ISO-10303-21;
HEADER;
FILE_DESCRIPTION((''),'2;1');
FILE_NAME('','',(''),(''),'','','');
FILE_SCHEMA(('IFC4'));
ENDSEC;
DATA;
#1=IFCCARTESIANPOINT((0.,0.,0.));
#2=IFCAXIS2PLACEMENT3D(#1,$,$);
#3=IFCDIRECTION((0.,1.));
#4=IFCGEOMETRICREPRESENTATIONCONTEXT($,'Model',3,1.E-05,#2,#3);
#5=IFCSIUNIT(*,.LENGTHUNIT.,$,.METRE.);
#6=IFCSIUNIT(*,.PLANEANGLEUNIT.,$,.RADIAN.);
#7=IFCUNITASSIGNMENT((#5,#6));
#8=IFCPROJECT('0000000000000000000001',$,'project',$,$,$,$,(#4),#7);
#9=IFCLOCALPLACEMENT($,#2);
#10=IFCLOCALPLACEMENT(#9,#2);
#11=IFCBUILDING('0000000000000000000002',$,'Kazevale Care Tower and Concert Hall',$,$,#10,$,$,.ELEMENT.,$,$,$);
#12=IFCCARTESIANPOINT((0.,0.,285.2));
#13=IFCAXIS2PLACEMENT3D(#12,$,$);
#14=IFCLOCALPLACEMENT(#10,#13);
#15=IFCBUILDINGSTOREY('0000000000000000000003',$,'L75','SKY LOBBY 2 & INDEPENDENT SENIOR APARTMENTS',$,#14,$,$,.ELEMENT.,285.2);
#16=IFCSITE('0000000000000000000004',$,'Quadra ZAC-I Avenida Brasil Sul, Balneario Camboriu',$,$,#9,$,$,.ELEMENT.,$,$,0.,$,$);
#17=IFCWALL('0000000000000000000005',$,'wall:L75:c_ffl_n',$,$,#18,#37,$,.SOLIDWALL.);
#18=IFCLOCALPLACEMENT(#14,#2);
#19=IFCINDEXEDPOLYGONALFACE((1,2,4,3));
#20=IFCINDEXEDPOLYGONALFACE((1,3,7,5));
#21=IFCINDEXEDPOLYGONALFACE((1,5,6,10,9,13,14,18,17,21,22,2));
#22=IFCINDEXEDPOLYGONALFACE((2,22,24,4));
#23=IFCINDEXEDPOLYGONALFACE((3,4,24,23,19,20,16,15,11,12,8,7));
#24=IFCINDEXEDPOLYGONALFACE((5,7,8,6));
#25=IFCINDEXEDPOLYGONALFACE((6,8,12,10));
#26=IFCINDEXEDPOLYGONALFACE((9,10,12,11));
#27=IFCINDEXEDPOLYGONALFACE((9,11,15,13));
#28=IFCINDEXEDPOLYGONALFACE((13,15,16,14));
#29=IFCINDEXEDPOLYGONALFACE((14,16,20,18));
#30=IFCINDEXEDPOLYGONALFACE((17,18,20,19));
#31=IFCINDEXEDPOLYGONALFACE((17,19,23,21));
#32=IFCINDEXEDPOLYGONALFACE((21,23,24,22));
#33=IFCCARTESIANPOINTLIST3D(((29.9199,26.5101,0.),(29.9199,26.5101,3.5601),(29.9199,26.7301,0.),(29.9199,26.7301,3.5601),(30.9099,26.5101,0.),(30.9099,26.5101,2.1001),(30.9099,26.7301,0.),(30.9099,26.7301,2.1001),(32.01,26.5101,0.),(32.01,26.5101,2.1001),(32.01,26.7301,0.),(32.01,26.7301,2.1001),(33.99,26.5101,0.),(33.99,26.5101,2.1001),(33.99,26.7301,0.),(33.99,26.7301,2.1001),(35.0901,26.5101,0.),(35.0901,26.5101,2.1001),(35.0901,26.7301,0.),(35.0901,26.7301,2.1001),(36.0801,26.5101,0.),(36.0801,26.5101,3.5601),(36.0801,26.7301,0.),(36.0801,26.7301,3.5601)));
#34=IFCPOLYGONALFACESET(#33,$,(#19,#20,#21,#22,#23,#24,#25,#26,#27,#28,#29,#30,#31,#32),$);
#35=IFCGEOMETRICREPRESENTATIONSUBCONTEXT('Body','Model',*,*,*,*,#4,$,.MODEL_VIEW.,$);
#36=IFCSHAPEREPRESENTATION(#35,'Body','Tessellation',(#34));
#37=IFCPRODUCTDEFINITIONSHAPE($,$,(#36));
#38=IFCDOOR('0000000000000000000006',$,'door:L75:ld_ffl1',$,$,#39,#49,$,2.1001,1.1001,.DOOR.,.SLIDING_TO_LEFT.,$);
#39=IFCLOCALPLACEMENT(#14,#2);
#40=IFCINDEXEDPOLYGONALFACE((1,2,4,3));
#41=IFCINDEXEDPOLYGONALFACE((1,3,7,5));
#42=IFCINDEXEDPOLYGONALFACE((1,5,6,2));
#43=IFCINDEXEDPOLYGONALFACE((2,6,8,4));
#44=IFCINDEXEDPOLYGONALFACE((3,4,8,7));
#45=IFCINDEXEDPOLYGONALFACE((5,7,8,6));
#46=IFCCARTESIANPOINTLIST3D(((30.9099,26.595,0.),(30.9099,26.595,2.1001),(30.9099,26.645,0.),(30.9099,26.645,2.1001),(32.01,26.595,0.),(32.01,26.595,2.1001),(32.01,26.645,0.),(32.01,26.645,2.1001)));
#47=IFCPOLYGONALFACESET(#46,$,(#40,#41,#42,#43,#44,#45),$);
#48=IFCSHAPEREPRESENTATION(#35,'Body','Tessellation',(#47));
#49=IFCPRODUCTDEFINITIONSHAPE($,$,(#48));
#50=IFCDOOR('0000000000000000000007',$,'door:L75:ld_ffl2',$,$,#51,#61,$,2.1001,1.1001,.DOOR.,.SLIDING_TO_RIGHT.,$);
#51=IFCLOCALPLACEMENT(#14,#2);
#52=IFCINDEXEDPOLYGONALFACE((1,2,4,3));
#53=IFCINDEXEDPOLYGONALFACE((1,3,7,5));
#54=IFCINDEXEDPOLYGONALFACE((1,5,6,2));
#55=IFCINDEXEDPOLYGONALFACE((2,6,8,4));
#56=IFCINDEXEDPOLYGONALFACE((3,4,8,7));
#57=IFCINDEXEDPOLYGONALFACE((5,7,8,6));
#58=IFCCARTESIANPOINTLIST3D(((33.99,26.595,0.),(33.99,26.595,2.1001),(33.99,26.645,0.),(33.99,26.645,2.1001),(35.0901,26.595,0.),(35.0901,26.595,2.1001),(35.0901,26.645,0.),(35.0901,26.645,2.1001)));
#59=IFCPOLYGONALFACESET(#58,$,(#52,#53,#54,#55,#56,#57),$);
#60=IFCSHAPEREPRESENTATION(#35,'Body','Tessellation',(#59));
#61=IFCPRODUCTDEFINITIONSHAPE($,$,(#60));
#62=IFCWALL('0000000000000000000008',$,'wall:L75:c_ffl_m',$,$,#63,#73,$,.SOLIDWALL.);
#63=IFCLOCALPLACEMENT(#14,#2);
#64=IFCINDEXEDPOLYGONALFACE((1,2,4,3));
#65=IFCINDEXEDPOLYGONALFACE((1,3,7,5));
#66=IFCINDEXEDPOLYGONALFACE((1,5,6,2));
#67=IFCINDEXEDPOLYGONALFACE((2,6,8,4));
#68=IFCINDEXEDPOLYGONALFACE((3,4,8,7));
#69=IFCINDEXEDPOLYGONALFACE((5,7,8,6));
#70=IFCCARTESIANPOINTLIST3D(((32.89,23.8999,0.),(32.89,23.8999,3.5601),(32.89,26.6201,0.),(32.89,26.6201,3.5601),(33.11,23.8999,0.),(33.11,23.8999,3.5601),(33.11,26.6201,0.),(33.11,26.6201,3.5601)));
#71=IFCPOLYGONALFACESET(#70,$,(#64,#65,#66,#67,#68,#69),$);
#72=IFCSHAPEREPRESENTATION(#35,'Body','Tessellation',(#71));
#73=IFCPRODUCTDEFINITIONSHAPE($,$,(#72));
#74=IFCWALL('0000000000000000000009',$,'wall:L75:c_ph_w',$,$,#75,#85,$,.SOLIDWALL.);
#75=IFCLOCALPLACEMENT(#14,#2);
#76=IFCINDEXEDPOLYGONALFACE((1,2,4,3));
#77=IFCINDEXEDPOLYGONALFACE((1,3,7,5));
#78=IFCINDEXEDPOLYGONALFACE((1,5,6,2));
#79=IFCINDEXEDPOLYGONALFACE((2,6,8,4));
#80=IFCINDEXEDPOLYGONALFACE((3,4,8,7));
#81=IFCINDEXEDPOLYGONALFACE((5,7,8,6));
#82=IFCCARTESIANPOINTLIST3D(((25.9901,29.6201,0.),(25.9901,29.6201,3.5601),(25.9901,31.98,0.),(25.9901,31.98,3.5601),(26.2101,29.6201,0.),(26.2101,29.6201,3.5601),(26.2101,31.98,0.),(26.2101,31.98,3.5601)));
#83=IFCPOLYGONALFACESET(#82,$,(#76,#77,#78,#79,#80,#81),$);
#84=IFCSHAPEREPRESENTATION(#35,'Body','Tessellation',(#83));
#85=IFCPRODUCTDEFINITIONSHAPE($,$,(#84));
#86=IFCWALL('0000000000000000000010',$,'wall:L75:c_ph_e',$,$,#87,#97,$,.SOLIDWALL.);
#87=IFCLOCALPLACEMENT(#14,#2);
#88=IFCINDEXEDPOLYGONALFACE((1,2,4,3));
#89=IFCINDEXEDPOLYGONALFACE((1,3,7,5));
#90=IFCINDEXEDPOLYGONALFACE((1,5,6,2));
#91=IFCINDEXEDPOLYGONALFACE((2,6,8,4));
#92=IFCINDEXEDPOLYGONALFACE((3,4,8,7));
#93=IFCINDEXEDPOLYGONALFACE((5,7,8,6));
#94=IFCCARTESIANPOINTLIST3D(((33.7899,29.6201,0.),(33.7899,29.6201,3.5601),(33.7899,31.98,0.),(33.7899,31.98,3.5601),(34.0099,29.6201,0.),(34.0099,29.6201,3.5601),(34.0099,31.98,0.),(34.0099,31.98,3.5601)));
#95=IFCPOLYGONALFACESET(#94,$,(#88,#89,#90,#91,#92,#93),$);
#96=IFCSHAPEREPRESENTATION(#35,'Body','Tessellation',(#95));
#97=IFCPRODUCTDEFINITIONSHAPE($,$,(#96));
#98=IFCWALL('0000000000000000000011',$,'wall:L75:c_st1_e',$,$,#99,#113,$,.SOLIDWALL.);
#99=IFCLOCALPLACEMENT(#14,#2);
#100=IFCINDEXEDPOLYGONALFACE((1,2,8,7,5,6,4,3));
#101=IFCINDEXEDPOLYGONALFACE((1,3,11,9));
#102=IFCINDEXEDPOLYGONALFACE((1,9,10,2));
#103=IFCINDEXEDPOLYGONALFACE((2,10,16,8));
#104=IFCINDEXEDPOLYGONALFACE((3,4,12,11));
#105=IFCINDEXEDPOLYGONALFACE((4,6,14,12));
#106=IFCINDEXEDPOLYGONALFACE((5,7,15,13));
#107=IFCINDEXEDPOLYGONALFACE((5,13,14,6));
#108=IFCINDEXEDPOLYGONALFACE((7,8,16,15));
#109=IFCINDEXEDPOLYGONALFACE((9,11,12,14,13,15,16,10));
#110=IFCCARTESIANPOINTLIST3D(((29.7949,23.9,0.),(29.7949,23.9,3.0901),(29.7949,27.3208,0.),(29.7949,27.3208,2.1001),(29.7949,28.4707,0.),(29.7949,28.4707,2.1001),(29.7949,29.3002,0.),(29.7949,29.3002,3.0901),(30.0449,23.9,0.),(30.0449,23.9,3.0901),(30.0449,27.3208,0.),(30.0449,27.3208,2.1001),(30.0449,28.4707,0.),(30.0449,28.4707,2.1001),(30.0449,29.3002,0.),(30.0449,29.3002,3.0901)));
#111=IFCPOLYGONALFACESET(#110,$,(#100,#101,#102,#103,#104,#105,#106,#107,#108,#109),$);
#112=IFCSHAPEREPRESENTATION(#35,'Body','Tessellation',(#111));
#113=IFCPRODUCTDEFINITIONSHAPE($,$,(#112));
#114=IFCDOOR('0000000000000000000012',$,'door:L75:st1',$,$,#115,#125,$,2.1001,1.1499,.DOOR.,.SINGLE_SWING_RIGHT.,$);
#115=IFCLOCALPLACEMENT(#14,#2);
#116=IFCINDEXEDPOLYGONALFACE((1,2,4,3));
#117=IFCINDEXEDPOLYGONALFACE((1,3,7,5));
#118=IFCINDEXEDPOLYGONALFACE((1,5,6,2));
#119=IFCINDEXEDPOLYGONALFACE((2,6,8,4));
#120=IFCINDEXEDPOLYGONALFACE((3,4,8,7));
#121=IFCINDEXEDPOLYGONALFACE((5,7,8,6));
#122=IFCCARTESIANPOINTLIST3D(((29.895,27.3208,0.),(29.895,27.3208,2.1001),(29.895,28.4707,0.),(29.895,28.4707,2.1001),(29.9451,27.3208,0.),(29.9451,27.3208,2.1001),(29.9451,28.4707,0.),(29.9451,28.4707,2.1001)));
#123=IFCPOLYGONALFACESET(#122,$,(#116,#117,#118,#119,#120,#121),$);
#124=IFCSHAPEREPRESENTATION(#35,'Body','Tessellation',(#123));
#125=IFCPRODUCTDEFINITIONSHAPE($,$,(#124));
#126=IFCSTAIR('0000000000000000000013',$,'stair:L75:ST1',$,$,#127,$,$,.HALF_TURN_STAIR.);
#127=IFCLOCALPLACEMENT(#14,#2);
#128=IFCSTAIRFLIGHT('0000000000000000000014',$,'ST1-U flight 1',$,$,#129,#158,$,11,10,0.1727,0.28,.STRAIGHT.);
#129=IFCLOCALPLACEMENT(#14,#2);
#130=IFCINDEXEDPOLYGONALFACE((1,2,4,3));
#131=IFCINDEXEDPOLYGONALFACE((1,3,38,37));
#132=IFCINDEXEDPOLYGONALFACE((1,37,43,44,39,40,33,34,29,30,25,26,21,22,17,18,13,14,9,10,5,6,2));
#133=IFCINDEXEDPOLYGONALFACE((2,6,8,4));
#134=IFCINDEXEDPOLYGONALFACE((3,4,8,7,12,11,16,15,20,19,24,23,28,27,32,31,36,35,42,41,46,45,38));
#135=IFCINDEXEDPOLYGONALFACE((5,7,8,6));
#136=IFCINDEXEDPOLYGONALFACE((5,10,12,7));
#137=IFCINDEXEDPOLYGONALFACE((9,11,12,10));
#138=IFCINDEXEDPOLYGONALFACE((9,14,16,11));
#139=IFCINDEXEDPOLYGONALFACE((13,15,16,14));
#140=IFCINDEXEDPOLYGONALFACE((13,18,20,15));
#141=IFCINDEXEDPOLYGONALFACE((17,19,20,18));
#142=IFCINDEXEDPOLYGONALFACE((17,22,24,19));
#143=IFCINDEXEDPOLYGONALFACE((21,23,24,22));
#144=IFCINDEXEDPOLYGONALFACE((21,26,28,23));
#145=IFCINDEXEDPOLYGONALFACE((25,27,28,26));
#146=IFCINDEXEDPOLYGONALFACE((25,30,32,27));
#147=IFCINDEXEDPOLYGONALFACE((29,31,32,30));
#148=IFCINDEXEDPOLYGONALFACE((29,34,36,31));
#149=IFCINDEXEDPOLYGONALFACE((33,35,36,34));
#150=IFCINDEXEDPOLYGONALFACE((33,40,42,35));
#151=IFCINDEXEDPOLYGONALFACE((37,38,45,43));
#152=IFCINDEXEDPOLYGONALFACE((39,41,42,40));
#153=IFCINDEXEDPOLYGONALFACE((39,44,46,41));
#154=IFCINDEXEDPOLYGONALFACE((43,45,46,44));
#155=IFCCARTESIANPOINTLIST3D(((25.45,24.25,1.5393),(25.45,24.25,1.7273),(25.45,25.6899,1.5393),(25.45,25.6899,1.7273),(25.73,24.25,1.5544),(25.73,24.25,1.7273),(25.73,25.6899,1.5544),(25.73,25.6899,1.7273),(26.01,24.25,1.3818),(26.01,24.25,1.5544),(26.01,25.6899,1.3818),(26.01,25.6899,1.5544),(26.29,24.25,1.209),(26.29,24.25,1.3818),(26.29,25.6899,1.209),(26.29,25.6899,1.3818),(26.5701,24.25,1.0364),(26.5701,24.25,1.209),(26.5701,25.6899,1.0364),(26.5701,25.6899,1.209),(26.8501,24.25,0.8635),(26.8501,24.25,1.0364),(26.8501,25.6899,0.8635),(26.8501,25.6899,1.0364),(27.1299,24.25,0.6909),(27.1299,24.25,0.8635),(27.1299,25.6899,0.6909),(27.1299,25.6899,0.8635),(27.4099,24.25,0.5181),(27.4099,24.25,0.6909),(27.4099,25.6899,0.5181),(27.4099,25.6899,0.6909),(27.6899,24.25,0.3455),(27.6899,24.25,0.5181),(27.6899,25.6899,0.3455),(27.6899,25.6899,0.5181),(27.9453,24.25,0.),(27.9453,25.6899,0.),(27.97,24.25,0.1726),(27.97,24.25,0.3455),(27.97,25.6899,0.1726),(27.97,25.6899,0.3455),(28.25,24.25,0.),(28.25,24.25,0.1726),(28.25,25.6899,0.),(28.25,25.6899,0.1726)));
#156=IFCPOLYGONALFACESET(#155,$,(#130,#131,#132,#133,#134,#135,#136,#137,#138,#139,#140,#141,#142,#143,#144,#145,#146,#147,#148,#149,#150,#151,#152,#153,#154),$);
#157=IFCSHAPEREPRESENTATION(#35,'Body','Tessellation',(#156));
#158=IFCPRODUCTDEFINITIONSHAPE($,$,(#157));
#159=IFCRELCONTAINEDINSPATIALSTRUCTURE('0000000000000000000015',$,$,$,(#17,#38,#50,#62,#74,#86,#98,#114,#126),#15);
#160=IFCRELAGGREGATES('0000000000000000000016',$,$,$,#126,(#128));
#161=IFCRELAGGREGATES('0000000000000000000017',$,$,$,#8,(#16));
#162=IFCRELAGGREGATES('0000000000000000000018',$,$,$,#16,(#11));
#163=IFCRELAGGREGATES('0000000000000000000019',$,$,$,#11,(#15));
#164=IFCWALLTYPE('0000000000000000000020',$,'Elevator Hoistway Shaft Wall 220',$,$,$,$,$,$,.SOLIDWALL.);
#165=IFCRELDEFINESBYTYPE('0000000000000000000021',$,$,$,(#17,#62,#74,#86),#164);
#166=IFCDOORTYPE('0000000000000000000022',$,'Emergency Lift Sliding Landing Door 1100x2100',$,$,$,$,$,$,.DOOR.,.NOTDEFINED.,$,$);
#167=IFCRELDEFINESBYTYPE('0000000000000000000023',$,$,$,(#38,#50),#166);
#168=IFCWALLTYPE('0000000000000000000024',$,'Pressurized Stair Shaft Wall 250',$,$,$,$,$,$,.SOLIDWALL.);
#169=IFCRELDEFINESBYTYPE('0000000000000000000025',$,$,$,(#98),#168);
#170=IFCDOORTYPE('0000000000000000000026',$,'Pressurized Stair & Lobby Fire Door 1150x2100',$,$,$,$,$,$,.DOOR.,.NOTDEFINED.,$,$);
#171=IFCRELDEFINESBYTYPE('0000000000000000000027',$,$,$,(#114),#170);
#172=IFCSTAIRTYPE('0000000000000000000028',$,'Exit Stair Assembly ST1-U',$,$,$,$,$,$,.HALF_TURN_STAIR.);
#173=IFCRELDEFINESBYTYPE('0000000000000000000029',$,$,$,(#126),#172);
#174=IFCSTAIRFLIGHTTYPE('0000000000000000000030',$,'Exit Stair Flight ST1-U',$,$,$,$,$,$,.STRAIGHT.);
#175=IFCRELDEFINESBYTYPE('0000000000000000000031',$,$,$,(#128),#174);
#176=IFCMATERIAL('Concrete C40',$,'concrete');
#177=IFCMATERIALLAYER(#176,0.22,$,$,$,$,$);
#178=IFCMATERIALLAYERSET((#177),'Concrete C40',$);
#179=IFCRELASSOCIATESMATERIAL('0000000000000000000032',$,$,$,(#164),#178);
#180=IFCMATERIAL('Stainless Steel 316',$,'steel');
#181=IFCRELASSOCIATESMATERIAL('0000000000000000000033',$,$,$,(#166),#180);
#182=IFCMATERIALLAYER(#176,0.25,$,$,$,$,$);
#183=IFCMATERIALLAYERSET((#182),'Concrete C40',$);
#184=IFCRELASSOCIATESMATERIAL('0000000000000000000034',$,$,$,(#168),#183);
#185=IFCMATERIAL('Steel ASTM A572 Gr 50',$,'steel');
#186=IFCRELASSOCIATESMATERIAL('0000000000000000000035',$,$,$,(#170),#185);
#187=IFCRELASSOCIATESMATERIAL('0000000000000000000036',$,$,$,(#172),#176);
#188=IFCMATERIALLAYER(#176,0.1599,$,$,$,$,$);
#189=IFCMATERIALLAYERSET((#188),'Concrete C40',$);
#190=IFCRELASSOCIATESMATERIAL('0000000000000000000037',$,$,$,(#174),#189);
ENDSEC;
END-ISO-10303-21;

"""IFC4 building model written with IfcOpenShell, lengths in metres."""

from ifc_helpers import new_model, si_unit, direction, frame, frame_2d, origin, place, context, subcontext, project, spatial, polyline, rectangle, outline, extrude, material, layer, layer_set, type_object, element, fill, aggregate, save


model = new_model("IFC4")

# Units and contexts
model_context = context("Model", 3, precision=1e-05, world=origin(), true_north=direction((0.0, 1.0)))
body_context = subcontext(model_context, "Body", "Model", "MODEL_VIEW")
ifc_project = project(units=[si_unit("LENGTHUNIT", "METRE"), si_unit("PLANEANGLEUNIT", "RADIAN")], contexts=[model_context])

# Site, building, storey
site_placement = place(None, origin())
site = spatial("IfcSite", under=ifc_project, at=site_placement, Name="Quadra ZAC-I Avenida Brasil Sul, Balneario Camboriu", CompositionType="ELEMENT", RefElevation=0.0)
building_placement = place(site_placement, origin())
building = spatial("IfcBuilding", under=site, at=building_placement, Name="Kazevale Care Tower and Concert Hall", CompositionType="ELEMENT")
storey_placement = place(building_placement, frame((0.0, 0.0, 285.2)))
storey = spatial("IfcBuildingStorey", under=building, at=storey_placement, Name="L75", Description="SKY LOBBY 2 & INDEPENDENT SENIOR APARTMENTS", CompositionType="ELEMENT", Elevation=285.2)

# Shared definitions
ifc_material_1 = material(Name="Steel ASTM A572 Gr 50", Category="steel")

# Wall, openings, doors
ifc_material_2 = material(Name="Concrete C40", Category="concrete")
ifc_layer_1 = layer(ifc_material_2, 0.22)
ifc_layer_set_1 = layer_set([ifc_layer_1], Name="Concrete C40")
wall_type_1 = type_object("IfcWallType", Name="Elevator Hoistway Shaft Wall 220", PredefinedType="SOLIDWALL", material=ifc_layer_set_1)
wall_1_placement = place(storey_placement, frame((29.9199, 26.6201, 0.0), z_axis=(0.0, 0.0, 1.0), x_axis=(1.0, 0.0, 0.0)))
wall_1 = element("IfcWall", 1, at=wall_1_placement, inside=storey, type_object=wall_type_1, Name="wall:L75:c_ffl_n", PredefinedType="SOLIDWALL", context=body_context, shape_type="SweptSolid", body=[
    extrude(rectangle(XDim=6.1602, YDim=0.22, at=frame_2d((3.0801, 0.0))), origin(), (0.0, 0.0, 1.0), 3.5601),
])
opening_1_placement = place(wall_1_placement, frame((0.99, 0.0, 0.0)))
opening_1 = element("IfcOpeningElement", 2, at=opening_1_placement, cuts=wall_1, PredefinedType="OPENING", context=body_context, shape_type="SweptSolid", body=[
    extrude(rectangle(XDim=1.1001, YDim=2.1001, at=frame_2d((0.55, 1.05))), frame((0.0, 0.1199, 0.0), z_axis=(0.0, -1.0, 0.0), x_axis=(1.0, 0.0, 0.0)), (0.0, 0.0, 1.0), 0.24),
])
opening_2_placement = place(wall_1_placement, frame((4.0701, 0.0, 0.0)))
opening_2 = element("IfcOpeningElement", 3, at=opening_2_placement, cuts=wall_1, PredefinedType="OPENING", context=body_context, shape_type="SweptSolid", body=[
    extrude(rectangle(XDim=1.1001, YDim=2.1001, at=frame_2d((0.55, 1.05))), frame((0.0, 0.1199, 0.0), z_axis=(0.0, -1.0, 0.0), x_axis=(1.0, 0.0, 0.0)), (0.0, 0.0, 1.0), 0.24),
])
ifc_material_3 = material(Name="Stainless Steel 316", Category="steel")
door_type_1 = type_object("IfcDoorType", Name="Emergency Lift Sliding Landing Door 1100x2100", OperationType="NOTDEFINED", PredefinedType="DOOR", material=ifc_material_3)
door_1_placement = place(opening_1_placement, origin())
door_1 = element("IfcDoor", 4, at=door_1_placement, inside=storey, type_object=door_type_1, Name="door:L75:ld_ffl1", OperationType="SLIDING_TO_LEFT", OverallHeight=2.1001, OverallWidth=1.1001, PredefinedType="DOOR", context=body_context, shape_type="SweptSolid", body=[
    extrude(rectangle(XDim=1.1001, YDim=2.1001, at=frame_2d((0.55, 1.05))), frame((0.0, 0.0249, 0.0), z_axis=(0.0, -1.0, 0.0), x_axis=(1.0, 0.0, 0.0)), (0.0, 0.0, 1.0), 0.05),
])
fill(opening_1, door_1)
door_2_placement = place(opening_2_placement, origin())
door_2 = element("IfcDoor", 5, at=door_2_placement, inside=storey, type_object=door_type_1, Name="door:L75:ld_ffl2", OperationType="SLIDING_TO_RIGHT", OverallHeight=2.1001, OverallWidth=1.1001, PredefinedType="DOOR", context=body_context, shape_type="SweptSolid", body=[
    extrude(rectangle(XDim=1.1001, YDim=2.1001, at=frame_2d((0.55, 1.05))), frame((0.0, 0.0249, 0.0), z_axis=(0.0, -1.0, 0.0), x_axis=(1.0, 0.0, 0.0)), (0.0, 0.0, 1.0), 0.05),
])
fill(opening_2, door_2)

# Walls
wall_2_placement = place(storey_placement, frame((33.0, 23.8999, 0.0), z_axis=(0.0, 0.0, 1.0), x_axis=(0.0, 1.0, 0.0)))
element("IfcWall", 6, at=wall_2_placement, inside=storey, type_object=wall_type_1, Name="wall:L75:c_ffl_m", PredefinedType="SOLIDWALL", context=body_context, shape_type="SweptSolid", body=[
    extrude(rectangle(XDim=2.7202, YDim=0.22, at=frame_2d((1.3601, 0.0))), origin(), (0.0, 0.0, 1.0), 3.5601),
])
for number, where, z_axis, x_axis, name in (
    (7, (26.1001, 29.6201, 0.0), (0.0, 0.0, 1.0), (0.0, 1.0, 0.0), "wall:L75:c_ph_w"),
    (8, (33.8999, 29.6201, 0.0), (0.0, 0.0, 1.0), (0.0, 1.0, 0.0), "wall:L75:c_ph_e"),
):
    element("IfcWall", number, at=place(storey_placement, frame(where, z_axis=z_axis, x_axis=x_axis)), inside=storey, type_object=wall_type_1, Name=name, PredefinedType="SOLIDWALL", context=body_context, shape_type="SweptSolid", body=[
        extrude(rectangle(XDim=2.3599, YDim=0.22, at=frame_2d((1.1799, 0.0))), origin(), (0.0, 0.0, 1.0), 3.5601),
    ])

# Wall, opening, door
ifc_layer_2 = layer(ifc_material_2, 0.25)
ifc_layer_set_2 = layer_set([ifc_layer_2], Name="Concrete C40")
wall_type_2 = type_object("IfcWallType", Name="Pressurized Stair Shaft Wall 250", PredefinedType="SOLIDWALL", material=ifc_layer_set_2)
wall_3_placement = place(storey_placement, frame((29.9199, 23.8999, 0.0), z_axis=(0.0, 0.0, 1.0), x_axis=(0.0, 1.0, 0.0)))
wall_3 = element("IfcWall", 9, at=wall_3_placement, inside=storey, type_object=wall_type_2, Name="wall:L75:c_st1_e", PredefinedType="SOLIDWALL", context=body_context, shape_type="SweptSolid", body=[
    extrude(rectangle(XDim=5.4001, YDim=0.25, at=frame_2d((2.7002, 0.0))), origin(), (0.0, 0.0, 1.0), 3.0901),
])
opening_3_placement = place(wall_3_placement, frame((3.4209, 0.0, 0.0)))
opening_3 = element("IfcOpeningElement", 10, at=opening_3_placement, cuts=wall_3, PredefinedType="OPENING", context=body_context, shape_type="SweptSolid", body=[
    extrude(rectangle(XDim=1.1499, YDim=2.1001, at=frame_2d((0.575, 1.05))), frame((0.0, 0.135, 0.0), z_axis=(0.0, -1.0, 0.0), x_axis=(1.0, 0.0, 0.0)), (0.0, 0.0, 1.0), 0.27),
])
door_type_2 = type_object("IfcDoorType", Name="Pressurized Stair & Lobby Fire Door 1150x2100", OperationType="NOTDEFINED", PredefinedType="DOOR", material=ifc_material_1)
door_3_placement = place(opening_3_placement, origin())
door_3 = element("IfcDoor", 11, at=door_3_placement, inside=storey, type_object=door_type_2, Name="door:L75:st1", OperationType="SINGLE_SWING_RIGHT", OverallHeight=2.1001, OverallWidth=1.1499, PredefinedType="DOOR", context=body_context, shape_type="SweptSolid", body=[
    extrude(rectangle(XDim=1.1499, YDim=2.1001, at=frame_2d((0.575, 1.05))), frame((0.0, 0.0249, 0.0), z_axis=(0.0, -1.0, 0.0), x_axis=(1.0, 0.0, 0.0)), (0.0, 0.0, 1.0), 0.05),
])
fill(opening_3, door_3)

# Stair, stair flight
stair_type = type_object("IfcStairType", Name="Exit Stair Assembly ST1-U", PredefinedType="HALF_TURN_STAIR", material=ifc_material_2)
stair_placement = place(storey_placement, origin())
stair = element("IfcStair", 12, at=stair_placement, inside=storey, type_object=stair_type, Name="stair:L75:ST1", PredefinedType="HALF_TURN_STAIR")
ifc_layer_3 = layer(ifc_material_2, 0.1599)
ifc_layer_set_3 = layer_set([ifc_layer_3], Name="Concrete C40")
stair_flight_type = type_object("IfcStairFlightType", Name="Exit Stair Flight ST1-U", PredefinedType="STRAIGHT", material=ifc_layer_set_3)
stair_flight_placement = place(storey_placement, frame((28.25, 24.97, 0.0), z_axis=(0.0, 0.0, 1.0), x_axis=(-1.0, 0.0, 0.0)))
stair_flight = element("IfcStairFlight", 13, at=stair_flight_placement, type_object=stair_flight_type, Name="ST1-U flight 1", NumberOfRisers=11, NumberOfTreads=10, PredefinedType="STRAIGHT", RiserHeight=0.1727, TreadLength=0.28, context=body_context, shape_type="SweptSolid", body=[
    extrude(outline(polyline([(0.0, 0.0), (0.0, 0.1726), (0.28, 0.1726), (0.28, 0.3455), (0.5601, 0.3455), (0.5601, 0.5181), (0.8401, 0.5181), (0.8401, 0.6909), (1.1201, 0.6909), (1.1201, 0.8635), (1.3999, 0.8635), (1.3999, 1.0364), (1.6799, 1.0364), (1.6799, 1.209), (1.96, 1.209), (1.96, 1.3818), (2.24, 1.3818), (2.24, 1.5544), (2.52, 1.5544), (2.52, 1.7273), (2.8, 1.7273), (2.8, 1.8999), (2.8, 1.5393), (0.3047, 0.0), (0.0, 0.0)])), frame((0.0, 0.72, 0.0), z_axis=(0.0, -1.0, 0.0), x_axis=(1.0, 0.0, 0.0)), (0.0, 0.0, 1.0), 1.4399),
])
aggregate(stair, [stair_flight])

save(model, "model.ifc")
